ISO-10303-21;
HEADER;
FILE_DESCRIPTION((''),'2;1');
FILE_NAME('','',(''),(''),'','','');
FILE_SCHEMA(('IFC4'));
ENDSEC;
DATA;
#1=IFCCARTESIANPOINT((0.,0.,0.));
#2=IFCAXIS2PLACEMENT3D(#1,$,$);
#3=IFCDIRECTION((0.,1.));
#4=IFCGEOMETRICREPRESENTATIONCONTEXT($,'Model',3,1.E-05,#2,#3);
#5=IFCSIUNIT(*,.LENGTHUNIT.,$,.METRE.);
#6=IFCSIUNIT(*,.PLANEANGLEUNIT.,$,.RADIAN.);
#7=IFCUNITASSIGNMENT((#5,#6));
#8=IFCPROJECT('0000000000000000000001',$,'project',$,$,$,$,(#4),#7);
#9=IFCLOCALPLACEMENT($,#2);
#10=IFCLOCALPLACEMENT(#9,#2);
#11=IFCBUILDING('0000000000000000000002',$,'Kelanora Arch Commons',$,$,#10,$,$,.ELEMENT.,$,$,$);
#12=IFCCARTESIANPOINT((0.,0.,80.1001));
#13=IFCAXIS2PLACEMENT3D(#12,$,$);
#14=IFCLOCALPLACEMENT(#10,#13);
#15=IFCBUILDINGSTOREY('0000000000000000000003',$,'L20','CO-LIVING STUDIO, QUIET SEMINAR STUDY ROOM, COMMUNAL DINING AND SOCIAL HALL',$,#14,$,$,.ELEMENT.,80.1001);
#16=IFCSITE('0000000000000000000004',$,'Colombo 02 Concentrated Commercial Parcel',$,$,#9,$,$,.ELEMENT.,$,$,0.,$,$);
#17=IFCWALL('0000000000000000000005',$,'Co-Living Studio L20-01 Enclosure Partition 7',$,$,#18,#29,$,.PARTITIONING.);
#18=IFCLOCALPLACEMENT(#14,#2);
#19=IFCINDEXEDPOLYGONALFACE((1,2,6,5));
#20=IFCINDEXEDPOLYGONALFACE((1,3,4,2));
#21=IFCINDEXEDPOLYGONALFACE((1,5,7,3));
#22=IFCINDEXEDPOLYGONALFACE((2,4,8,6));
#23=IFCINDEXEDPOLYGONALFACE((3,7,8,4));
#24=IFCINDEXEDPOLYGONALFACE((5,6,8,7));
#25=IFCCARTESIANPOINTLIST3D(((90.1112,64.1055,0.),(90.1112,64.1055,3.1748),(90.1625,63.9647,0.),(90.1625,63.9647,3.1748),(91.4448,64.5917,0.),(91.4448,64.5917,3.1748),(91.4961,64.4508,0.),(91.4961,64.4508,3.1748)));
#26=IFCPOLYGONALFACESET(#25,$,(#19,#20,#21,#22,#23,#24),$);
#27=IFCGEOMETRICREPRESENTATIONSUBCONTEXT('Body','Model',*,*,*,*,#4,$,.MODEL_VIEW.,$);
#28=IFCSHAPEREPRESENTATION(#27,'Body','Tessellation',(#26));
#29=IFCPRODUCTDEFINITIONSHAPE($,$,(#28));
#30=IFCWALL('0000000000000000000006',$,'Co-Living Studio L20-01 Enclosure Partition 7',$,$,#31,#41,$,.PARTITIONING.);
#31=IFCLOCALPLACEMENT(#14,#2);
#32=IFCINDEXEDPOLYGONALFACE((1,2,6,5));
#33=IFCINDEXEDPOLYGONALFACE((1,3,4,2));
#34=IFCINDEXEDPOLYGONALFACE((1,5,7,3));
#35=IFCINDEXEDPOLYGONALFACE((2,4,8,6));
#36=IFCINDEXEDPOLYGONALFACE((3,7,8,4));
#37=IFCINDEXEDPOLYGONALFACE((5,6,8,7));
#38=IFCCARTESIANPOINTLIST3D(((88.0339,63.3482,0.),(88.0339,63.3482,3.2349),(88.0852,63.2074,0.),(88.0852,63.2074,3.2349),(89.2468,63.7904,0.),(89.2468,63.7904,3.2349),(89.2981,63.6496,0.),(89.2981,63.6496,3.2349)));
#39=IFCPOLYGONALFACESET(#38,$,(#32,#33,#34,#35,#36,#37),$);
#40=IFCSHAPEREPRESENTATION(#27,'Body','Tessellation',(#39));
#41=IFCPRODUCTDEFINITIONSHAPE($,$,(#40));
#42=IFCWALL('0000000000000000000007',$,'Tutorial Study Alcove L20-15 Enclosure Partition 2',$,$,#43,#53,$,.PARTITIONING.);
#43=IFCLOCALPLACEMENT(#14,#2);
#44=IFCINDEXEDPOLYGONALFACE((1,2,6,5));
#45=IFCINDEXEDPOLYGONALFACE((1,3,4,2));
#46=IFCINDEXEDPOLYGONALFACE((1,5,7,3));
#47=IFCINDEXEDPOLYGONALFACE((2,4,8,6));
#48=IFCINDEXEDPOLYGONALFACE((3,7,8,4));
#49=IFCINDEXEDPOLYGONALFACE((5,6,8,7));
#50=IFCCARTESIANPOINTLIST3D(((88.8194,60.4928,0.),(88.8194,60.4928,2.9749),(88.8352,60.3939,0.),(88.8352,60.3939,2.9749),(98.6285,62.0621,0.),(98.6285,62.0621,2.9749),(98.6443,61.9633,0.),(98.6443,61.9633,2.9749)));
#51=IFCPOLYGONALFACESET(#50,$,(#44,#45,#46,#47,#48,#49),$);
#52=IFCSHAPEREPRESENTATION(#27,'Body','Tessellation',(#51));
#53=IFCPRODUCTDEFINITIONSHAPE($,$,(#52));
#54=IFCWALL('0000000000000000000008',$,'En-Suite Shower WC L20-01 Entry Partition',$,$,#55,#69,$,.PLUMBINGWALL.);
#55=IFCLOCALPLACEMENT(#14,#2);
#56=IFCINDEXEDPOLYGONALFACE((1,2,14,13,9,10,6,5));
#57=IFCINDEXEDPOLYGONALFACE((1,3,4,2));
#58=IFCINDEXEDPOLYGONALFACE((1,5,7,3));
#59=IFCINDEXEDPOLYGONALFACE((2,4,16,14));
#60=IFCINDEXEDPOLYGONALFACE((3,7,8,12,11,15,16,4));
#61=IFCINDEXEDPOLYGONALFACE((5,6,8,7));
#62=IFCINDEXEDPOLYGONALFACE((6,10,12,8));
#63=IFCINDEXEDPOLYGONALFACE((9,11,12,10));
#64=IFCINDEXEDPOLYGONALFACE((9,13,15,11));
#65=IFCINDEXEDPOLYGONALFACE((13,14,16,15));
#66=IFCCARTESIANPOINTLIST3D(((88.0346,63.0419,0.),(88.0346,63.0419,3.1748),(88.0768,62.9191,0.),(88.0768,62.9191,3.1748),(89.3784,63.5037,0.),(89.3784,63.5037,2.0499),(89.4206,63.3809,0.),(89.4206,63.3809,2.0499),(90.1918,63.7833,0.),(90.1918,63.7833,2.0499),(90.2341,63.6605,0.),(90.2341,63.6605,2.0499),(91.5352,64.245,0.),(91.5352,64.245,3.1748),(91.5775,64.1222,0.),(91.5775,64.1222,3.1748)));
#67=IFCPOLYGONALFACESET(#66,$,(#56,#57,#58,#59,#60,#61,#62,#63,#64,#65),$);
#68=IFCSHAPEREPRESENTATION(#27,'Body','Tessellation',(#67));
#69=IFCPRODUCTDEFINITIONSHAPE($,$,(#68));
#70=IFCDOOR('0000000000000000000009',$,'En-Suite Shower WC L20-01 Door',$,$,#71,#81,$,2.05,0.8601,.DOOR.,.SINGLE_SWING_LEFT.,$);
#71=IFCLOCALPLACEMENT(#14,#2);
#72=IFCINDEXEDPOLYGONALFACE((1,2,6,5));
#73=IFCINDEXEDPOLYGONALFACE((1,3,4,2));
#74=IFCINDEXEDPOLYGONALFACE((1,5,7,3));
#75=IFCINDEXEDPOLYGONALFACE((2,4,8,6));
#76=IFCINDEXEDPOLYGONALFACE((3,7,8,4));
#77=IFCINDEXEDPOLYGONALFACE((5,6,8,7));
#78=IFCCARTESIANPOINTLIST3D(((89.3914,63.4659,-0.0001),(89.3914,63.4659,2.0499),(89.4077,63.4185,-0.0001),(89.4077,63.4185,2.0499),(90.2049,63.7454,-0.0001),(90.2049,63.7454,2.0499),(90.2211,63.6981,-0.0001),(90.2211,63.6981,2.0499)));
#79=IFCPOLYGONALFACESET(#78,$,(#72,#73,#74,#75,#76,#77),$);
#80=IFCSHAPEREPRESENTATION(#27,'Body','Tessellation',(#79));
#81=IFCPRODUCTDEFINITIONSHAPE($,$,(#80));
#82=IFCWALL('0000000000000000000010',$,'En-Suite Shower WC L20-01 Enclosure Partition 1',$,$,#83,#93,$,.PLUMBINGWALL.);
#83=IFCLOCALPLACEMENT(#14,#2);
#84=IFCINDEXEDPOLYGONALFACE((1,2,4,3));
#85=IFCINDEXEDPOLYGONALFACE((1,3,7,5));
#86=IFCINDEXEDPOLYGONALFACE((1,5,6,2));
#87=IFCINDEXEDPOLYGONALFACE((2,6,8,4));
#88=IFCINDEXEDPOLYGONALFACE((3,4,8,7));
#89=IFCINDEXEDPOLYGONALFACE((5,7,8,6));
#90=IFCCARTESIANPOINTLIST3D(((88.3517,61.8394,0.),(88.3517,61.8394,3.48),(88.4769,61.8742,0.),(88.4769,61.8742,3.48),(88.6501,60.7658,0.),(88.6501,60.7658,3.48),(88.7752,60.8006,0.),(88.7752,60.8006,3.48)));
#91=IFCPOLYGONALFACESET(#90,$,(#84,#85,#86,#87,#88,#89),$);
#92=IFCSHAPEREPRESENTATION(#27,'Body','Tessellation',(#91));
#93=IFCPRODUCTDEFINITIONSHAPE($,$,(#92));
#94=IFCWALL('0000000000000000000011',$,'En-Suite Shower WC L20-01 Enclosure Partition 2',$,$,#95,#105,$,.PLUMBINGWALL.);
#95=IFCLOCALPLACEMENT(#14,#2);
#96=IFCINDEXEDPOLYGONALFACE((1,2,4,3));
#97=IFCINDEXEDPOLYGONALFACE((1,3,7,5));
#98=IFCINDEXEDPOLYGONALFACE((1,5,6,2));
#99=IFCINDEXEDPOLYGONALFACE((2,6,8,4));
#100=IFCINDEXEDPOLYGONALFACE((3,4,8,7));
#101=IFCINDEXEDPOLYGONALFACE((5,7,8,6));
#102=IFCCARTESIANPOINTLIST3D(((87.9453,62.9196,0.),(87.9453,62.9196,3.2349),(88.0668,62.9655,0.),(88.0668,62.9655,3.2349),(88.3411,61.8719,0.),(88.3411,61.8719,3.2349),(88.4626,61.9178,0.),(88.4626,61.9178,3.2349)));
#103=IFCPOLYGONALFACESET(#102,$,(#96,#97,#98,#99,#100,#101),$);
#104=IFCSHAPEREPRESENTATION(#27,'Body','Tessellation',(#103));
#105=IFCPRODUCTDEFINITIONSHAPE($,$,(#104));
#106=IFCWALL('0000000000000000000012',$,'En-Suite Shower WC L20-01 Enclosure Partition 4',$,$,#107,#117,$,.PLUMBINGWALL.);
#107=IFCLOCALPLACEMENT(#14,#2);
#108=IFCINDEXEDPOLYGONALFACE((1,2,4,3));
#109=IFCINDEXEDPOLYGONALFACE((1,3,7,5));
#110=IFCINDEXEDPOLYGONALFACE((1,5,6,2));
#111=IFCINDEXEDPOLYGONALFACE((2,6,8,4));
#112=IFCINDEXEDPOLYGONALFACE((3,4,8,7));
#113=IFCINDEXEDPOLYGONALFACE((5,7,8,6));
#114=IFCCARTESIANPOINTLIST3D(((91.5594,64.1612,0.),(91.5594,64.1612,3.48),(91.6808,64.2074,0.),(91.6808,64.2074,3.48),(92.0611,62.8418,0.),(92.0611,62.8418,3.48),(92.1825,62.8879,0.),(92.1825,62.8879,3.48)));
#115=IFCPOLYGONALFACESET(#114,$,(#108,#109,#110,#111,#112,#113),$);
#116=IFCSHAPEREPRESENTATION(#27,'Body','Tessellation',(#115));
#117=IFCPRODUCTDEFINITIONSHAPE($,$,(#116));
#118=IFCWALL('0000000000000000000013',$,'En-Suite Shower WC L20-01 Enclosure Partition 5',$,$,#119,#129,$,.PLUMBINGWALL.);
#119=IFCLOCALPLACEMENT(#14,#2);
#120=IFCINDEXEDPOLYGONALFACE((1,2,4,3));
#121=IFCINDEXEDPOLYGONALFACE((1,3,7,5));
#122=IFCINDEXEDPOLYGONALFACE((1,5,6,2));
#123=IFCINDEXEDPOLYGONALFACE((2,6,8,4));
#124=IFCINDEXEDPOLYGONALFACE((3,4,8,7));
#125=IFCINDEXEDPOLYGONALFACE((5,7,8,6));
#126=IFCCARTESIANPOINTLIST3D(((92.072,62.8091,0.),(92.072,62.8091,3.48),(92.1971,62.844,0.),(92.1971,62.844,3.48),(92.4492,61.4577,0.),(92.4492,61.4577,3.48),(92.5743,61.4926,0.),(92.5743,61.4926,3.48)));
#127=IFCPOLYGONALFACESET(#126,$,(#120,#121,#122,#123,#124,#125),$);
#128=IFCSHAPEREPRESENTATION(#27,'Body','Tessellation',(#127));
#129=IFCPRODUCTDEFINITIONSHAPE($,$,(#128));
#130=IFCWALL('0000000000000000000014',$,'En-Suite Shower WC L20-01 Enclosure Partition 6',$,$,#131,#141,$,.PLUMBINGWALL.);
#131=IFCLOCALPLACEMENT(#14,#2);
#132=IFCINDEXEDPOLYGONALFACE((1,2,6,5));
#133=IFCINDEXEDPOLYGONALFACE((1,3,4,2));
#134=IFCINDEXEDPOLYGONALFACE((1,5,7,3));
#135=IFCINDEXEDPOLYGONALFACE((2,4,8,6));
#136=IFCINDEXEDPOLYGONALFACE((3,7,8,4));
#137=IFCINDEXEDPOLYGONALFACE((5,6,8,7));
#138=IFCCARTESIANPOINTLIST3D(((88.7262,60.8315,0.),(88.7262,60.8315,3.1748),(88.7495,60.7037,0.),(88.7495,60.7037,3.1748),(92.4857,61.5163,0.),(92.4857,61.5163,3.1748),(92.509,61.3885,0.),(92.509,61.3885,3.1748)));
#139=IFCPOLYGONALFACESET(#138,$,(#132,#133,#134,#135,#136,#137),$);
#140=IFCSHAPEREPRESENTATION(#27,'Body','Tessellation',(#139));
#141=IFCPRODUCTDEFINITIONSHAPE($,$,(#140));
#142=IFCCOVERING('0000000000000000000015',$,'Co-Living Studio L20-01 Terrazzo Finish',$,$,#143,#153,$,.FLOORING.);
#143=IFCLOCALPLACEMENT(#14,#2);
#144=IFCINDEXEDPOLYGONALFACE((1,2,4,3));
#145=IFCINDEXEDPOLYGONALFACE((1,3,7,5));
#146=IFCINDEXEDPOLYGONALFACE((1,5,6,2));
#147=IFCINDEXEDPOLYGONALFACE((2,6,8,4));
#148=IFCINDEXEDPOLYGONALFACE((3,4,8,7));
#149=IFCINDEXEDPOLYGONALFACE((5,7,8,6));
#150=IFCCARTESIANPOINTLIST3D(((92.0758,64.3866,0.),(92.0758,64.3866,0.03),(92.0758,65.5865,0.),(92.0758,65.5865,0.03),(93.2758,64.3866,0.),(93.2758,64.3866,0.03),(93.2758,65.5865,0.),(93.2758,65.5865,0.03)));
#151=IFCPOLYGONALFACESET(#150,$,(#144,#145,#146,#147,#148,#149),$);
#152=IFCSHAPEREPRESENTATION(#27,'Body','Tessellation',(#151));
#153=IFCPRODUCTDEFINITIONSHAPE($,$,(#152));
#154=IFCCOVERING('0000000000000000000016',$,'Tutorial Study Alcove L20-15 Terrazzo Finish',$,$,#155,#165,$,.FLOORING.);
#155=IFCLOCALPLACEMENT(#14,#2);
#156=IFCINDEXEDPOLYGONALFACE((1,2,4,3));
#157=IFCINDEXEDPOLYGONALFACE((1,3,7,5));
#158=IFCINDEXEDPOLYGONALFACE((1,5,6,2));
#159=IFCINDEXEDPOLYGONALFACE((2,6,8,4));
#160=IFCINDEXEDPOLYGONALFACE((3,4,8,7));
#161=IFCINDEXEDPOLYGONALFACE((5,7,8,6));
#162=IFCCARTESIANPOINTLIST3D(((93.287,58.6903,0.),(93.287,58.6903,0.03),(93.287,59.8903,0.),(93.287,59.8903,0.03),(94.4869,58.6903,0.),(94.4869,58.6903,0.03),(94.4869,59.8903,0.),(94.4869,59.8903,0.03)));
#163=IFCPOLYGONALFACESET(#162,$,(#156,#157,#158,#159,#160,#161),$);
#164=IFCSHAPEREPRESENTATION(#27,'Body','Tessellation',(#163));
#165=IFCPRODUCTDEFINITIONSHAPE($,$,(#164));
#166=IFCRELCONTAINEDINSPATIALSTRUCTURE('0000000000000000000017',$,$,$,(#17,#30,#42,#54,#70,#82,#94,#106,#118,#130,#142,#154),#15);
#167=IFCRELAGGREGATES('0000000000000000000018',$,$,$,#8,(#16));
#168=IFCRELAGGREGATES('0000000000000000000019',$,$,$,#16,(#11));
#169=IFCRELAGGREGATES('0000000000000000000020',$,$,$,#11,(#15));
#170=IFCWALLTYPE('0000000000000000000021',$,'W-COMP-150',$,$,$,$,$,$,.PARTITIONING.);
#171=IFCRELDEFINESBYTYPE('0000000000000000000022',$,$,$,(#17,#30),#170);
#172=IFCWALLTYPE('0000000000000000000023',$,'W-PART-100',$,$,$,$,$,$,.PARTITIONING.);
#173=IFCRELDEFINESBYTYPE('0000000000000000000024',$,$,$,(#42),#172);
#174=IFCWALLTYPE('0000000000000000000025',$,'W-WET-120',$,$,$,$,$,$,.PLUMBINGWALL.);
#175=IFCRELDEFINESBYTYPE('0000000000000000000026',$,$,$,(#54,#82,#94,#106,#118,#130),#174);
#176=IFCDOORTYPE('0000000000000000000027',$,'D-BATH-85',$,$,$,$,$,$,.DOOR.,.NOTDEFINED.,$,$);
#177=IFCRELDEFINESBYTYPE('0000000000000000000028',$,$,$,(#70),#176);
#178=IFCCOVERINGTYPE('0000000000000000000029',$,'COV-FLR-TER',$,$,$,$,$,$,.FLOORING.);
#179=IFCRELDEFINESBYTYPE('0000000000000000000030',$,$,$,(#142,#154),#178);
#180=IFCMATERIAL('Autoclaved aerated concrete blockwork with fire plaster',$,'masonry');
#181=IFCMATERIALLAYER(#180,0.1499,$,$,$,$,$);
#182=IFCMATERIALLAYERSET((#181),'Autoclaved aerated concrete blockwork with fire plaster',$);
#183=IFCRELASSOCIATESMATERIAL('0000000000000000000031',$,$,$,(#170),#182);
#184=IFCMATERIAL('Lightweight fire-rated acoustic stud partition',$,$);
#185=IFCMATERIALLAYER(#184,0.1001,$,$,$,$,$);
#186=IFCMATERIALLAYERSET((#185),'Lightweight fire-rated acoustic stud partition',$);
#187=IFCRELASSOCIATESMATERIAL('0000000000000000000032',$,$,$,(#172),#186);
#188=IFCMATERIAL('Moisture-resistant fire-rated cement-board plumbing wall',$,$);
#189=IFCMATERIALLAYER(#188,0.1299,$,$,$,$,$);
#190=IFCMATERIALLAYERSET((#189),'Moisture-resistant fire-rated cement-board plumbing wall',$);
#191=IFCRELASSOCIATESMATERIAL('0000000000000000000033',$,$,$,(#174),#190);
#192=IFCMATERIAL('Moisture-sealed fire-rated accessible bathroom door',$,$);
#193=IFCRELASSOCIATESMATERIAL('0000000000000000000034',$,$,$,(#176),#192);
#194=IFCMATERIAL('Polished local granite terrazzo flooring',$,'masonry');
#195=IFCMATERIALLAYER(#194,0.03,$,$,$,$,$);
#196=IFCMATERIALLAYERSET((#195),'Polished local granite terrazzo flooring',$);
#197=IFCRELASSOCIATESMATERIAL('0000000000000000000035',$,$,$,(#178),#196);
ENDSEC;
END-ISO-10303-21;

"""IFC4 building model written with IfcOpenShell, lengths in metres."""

from ifc_helpers import new_model, si_unit, direction, frame, frame_2d, origin, origin_2d, place, context, subcontext, project, spatial, rectangle, extrude, source, transform, mapped, material, layer, layer_set, type_object, element, fill, save


model = new_model("IFC4")

# Units and contexts
model_context = context("Model", 3, precision=1e-05, world=origin(), true_north=direction((0.0, 1.0)))
body_context = subcontext(model_context, "Body", "Model", "MODEL_VIEW")
ifc_project = project(units=[si_unit("LENGTHUNIT", "METRE"), si_unit("PLANEANGLEUNIT", "RADIAN")], contexts=[model_context])

# Site, building, storey
site_placement = place(None, origin())
site = spatial("IfcSite", under=ifc_project, at=site_placement, Name="Colombo 02 Concentrated Commercial Parcel", CompositionType="ELEMENT", RefElevation=0.0)
building_placement = place(site_placement, origin())
building = spatial("IfcBuilding", under=site, at=building_placement, Name="Kelanora Arch Commons", CompositionType="ELEMENT")
storey_placement = place(building_placement, frame((0.0, 0.0, 80.1001)))
storey = spatial("IfcBuildingStorey", under=building, at=storey_placement, Name="L20", Description="CO-LIVING STUDIO, QUIET SEMINAR STUDY ROOM, COMMUNAL DINING AND SOCIAL HALL", CompositionType="ELEMENT", Elevation=80.1001)

# Shared definitions
ifc_material_1 = material(Name="Autoclaved aerated concrete blockwork with fire plaster", Category="masonry")
ifc_layer_1 = layer(ifc_material_1, 0.1499)
ifc_layer_set_1 = layer_set([ifc_layer_1], Name="Autoclaved aerated concrete blockwork with fire plaster")
wall_type_1 = type_object("IfcWallType", Name="W-COMP-150", PredefinedType="PARTITIONING", material=ifc_layer_set_1)

# Walls
wall_1_placement = place(storey_placement, frame((91.4705, 64.5212, 0.0), z_axis=(0.0, 0.0, 1.0), x_axis=(-0.939527, -0.342475, 0.0)))
element("IfcWall", 1, at=wall_1_placement, inside=storey, type_object=wall_type_1, Name="Co-Living Studio L20-01 Enclosure Partition 7", PredefinedType="PARTITIONING", context=body_context, shape_type="SweptSolid", body=[
    extrude(rectangle(XDim=1.4194, YDim=0.1499, at=frame_2d((0.7097, 0.0))), origin(), (0.0, 0.0, 1.0), 3.1748),
])
wall_2_placement = place(storey_placement, frame((89.2725, 63.72, 0.0), z_axis=(0.0, 0.0, 1.0), x_axis=(-0.939523, -0.342487, 0.0)))
element("IfcWall", 2, at=wall_2_placement, inside=storey, type_object=wall_type_1, Name="Co-Living Studio L20-01 Enclosure Partition 7", PredefinedType="PARTITIONING", context=body_context, shape_type="SweptSolid", body=[
    extrude(rectangle(XDim=1.291, YDim=0.1499, at=frame_2d((0.6455, 0.0))), origin(), (0.0, 0.0, 1.0), 3.2349),
])
ifc_material_2 = material(Name="Lightweight fire-rated acoustic stud partition")
ifc_layer_2 = layer(ifc_material_2, 0.1001)
ifc_layer_set_2 = layer_set([ifc_layer_2], Name="Lightweight fire-rated acoustic stud partition")
wall_type_2 = type_object("IfcWallType", Name="W-PART-100", PredefinedType="PARTITIONING", material=ifc_layer_set_2)
wall_3_placement = place(storey_placement, frame((88.8274, 60.4434, 0.0), z_axis=(0.0, 0.0, 1.0), x_axis=(0.987442, 0.157979, 0.0)))
element("IfcWall", 3, at=wall_3_placement, inside=storey, type_object=wall_type_2, Name="Tutorial Study Alcove L20-15 Enclosure Partition 2", PredefinedType="PARTITIONING", context=body_context, shape_type="SweptSolid", body=[
    extrude(rectangle(XDim=9.9338, YDim=0.1001, at=frame_2d((4.9668, 0.0))), origin(), (0.0, 0.0, 1.0), 2.9749),
])

# Wall, opening, door
ifc_material_3 = material(Name="Moisture-resistant fire-rated cement-board plumbing wall")
ifc_layer_3 = layer(ifc_material_3, 0.1299)
ifc_layer_set_3 = layer_set([ifc_layer_3], Name="Moisture-resistant fire-rated cement-board plumbing wall")
wall_type_3 = type_object("IfcWallType", Name="W-WET-120", PredefinedType="PLUMBINGWALL", material=ifc_layer_set_3)
wall_4_placement = place(storey_placement, frame((88.0557, 62.9805, 0.0), z_axis=(0.0, 0.0, 1.0), x_axis=(0.945708, 0.325019, 0.0)))
wall_4 = element("IfcWall", 4, at=wall_4_placement, inside=storey, type_object=wall_type_3, Name="En-Suite Shower WC L20-01 Entry Partition", PredefinedType="PLUMBINGWALL", context=body_context, shape_type="SweptSolid", body=[
    extrude(rectangle(XDim=3.7017, YDim=0.1299, at=frame_2d((1.8508, 0.0))), origin(), (0.0, 0.0, 1.0), 3.1748),
])
opening_1_placement = place(wall_4_placement, frame((1.4209, 0.0, 0.0)))
opening_1 = element("IfcOpeningElement", 5, at=opening_1_placement, cuts=wall_4, PredefinedType="OPENING", context=body_context, shape_type="SweptSolid", body=[
    extrude(rectangle(XDim=0.8601, YDim=2.05, at=frame_2d((0.4302, 1.0249))), frame((0.0, 0.075, 0.0), z_axis=(0.0, -1.0, 0.0), x_axis=(1.0, 0.0, 0.0)), (0.0, 0.0, 1.0), 0.1499),
])
ifc_material_4 = material(Name="Moisture-sealed fire-rated accessible bathroom door")
door_type_1 = type_object("IfcDoorType", Name="D-BATH-85", OperationType="NOTDEFINED", PredefinedType="DOOR", material=ifc_material_4)
door_1_placement = place(opening_1_placement, origin())
door_1 = element("IfcDoor", 6, at=door_1_placement, inside=storey, type_object=door_type_1, Name="En-Suite Shower WC L20-01 Door", OperationType="SINGLE_SWING_LEFT", OverallHeight=2.05, OverallWidth=0.8601, PredefinedType="DOOR", context=body_context, shape_type="SweptSolid", body=[
    extrude(rectangle(XDim=0.8601, YDim=2.05, at=frame_2d((0.4302, 1.0249))), frame((0.0, 0.0249, 0.0), z_axis=(0.0, -1.0, 0.0), x_axis=(1.0, 0.0, 0.0)), (0.0, 0.0, 1.0), 0.05),
])
fill(opening_1, door_1)

# Walls
wall_5_placement = place(storey_placement, frame((88.7126, 60.7832, 0.0), z_axis=(0.0, 0.0, 1.0), x_axis=(-0.267768, 0.963483, 0.0)))
element("IfcWall", 7, at=wall_5_placement, inside=storey, type_object=wall_type_3, Name="En-Suite Shower WC L20-01 Enclosure Partition 1", PredefinedType="PLUMBINGWALL", context=body_context, shape_type="SweptSolid", body=[
    extrude(rectangle(XDim=1.1143, YDim=0.1299, at=frame_2d((0.5571, 0.0))), origin(), (0.0, 0.0, 1.0), 3.48),
])
wall_6_placement = place(storey_placement, frame((88.4019, 61.8948, 0.0), z_axis=(0.0, 0.0, 1.0), x_axis=(-0.353392, 0.935475, 0.0)))
element("IfcWall", 8, at=wall_6_placement, inside=storey, type_object=wall_type_3, Name="En-Suite Shower WC L20-01 Enclosure Partition 2", PredefinedType="PLUMBINGWALL", context=body_context, shape_type="SweptSolid", body=[
    extrude(rectangle(XDim=1.1199, YDim=0.1299, at=frame_2d((0.5601, 0.0))), origin(), (0.0, 0.0, 1.0), 3.2349),
])
wall_7_placement = place(storey_placement, frame((91.6201, 64.1843, 0.0), z_axis=(0.0, 0.0, 1.0), x_axis=(0.355384, -0.93472, 0.0)))
element("IfcWall", 9, at=wall_7_placement, inside=storey, type_object=wall_type_3, Name="En-Suite Shower WC L20-01 Enclosure Partition 4", PredefinedType="PLUMBINGWALL", context=body_context, shape_type="SweptSolid", body=[
    extrude(rectangle(XDim=1.4116, YDim=0.1299, at=frame_2d((0.7058, 0.0))), origin(), (0.0, 0.0, 1.0), 3.48),
])
wall_8_placement = place(storey_placement, frame((92.1345, 62.8267, 0.0), z_axis=(0.0, 0.0, 1.0), x_axis=(0.268855, -0.963181, 0.0)))
element("IfcWall", 10, at=wall_8_placement, inside=storey, type_object=wall_type_3, Name="En-Suite Shower WC L20-01 Enclosure Partition 5", PredefinedType="PLUMBINGWALL", context=body_context, shape_type="SweptSolid", body=[
    extrude(rectangle(XDim=1.4031, YDim=0.1299, at=frame_2d((0.7017, 0.0))), origin(), (0.0, 0.0, 1.0), 3.48),
])
wall_9_placement = place(storey_placement, frame((92.4973, 61.4524, 0.0), z_axis=(0.0, 0.0, 1.0), x_axis=(-0.983812, -0.179206, 0.0)))
element("IfcWall", 11, at=wall_9_placement, inside=storey, type_object=wall_type_3, Name="En-Suite Shower WC L20-01 Enclosure Partition 6", PredefinedType="PLUMBINGWALL", context=body_context, shape_type="SweptSolid", body=[
    extrude(rectangle(XDim=3.8213, YDim=0.1299, at=frame_2d((1.9106, 0.0))), origin(), (0.0, 0.0, 1.0), 3.1748),
])

# Coverings
ifc_material_5 = material(Name="Polished local granite terrazzo flooring", Category="masonry")
ifc_layer_4 = layer(ifc_material_5, 0.03)
ifc_layer_set_4 = layer_set([ifc_layer_4], Name="Polished local granite terrazzo flooring")
covering_type = type_object("IfcCoveringType", Name="COV-FLR-TER", PredefinedType="FLOORING", material=ifc_layer_set_4)
shared_shape_1 = source(origin(), body_context, "Body", "SweptSolid", [
    extrude(rectangle(XDim=1.2, YDim=1.2, at=origin_2d()), origin(), (0.0, 0.0, 1.0), 0.03),
])
for number, where, z_axis, x_axis, name in (
    (12, (92.6758, 64.9866, 0.0), (0.0, 0.0, 1.0), (1.0, 0.0, 0.0), "Co-Living Studio L20-01 Terrazzo Finish"),
    (13, (93.887, 59.2903, 0.0), (0.0, 0.0, 1.0), (1.0, 0.0, 0.0), "Tutorial Study Alcove L20-15 Terrazzo Finish"),
):
    element("IfcCovering", number, at=place(storey_placement, frame(where, z_axis=z_axis, x_axis=x_axis)), inside=storey, type_object=covering_type, Name=name, PredefinedType="FLOORING", context=body_context, shape_type="MappedRepresentation", body=[
        mapped(shared_shape_1, transform((0.0, 0.0, 0.0), scale=1.0)),
    ])

save(model, "model.ifc")
